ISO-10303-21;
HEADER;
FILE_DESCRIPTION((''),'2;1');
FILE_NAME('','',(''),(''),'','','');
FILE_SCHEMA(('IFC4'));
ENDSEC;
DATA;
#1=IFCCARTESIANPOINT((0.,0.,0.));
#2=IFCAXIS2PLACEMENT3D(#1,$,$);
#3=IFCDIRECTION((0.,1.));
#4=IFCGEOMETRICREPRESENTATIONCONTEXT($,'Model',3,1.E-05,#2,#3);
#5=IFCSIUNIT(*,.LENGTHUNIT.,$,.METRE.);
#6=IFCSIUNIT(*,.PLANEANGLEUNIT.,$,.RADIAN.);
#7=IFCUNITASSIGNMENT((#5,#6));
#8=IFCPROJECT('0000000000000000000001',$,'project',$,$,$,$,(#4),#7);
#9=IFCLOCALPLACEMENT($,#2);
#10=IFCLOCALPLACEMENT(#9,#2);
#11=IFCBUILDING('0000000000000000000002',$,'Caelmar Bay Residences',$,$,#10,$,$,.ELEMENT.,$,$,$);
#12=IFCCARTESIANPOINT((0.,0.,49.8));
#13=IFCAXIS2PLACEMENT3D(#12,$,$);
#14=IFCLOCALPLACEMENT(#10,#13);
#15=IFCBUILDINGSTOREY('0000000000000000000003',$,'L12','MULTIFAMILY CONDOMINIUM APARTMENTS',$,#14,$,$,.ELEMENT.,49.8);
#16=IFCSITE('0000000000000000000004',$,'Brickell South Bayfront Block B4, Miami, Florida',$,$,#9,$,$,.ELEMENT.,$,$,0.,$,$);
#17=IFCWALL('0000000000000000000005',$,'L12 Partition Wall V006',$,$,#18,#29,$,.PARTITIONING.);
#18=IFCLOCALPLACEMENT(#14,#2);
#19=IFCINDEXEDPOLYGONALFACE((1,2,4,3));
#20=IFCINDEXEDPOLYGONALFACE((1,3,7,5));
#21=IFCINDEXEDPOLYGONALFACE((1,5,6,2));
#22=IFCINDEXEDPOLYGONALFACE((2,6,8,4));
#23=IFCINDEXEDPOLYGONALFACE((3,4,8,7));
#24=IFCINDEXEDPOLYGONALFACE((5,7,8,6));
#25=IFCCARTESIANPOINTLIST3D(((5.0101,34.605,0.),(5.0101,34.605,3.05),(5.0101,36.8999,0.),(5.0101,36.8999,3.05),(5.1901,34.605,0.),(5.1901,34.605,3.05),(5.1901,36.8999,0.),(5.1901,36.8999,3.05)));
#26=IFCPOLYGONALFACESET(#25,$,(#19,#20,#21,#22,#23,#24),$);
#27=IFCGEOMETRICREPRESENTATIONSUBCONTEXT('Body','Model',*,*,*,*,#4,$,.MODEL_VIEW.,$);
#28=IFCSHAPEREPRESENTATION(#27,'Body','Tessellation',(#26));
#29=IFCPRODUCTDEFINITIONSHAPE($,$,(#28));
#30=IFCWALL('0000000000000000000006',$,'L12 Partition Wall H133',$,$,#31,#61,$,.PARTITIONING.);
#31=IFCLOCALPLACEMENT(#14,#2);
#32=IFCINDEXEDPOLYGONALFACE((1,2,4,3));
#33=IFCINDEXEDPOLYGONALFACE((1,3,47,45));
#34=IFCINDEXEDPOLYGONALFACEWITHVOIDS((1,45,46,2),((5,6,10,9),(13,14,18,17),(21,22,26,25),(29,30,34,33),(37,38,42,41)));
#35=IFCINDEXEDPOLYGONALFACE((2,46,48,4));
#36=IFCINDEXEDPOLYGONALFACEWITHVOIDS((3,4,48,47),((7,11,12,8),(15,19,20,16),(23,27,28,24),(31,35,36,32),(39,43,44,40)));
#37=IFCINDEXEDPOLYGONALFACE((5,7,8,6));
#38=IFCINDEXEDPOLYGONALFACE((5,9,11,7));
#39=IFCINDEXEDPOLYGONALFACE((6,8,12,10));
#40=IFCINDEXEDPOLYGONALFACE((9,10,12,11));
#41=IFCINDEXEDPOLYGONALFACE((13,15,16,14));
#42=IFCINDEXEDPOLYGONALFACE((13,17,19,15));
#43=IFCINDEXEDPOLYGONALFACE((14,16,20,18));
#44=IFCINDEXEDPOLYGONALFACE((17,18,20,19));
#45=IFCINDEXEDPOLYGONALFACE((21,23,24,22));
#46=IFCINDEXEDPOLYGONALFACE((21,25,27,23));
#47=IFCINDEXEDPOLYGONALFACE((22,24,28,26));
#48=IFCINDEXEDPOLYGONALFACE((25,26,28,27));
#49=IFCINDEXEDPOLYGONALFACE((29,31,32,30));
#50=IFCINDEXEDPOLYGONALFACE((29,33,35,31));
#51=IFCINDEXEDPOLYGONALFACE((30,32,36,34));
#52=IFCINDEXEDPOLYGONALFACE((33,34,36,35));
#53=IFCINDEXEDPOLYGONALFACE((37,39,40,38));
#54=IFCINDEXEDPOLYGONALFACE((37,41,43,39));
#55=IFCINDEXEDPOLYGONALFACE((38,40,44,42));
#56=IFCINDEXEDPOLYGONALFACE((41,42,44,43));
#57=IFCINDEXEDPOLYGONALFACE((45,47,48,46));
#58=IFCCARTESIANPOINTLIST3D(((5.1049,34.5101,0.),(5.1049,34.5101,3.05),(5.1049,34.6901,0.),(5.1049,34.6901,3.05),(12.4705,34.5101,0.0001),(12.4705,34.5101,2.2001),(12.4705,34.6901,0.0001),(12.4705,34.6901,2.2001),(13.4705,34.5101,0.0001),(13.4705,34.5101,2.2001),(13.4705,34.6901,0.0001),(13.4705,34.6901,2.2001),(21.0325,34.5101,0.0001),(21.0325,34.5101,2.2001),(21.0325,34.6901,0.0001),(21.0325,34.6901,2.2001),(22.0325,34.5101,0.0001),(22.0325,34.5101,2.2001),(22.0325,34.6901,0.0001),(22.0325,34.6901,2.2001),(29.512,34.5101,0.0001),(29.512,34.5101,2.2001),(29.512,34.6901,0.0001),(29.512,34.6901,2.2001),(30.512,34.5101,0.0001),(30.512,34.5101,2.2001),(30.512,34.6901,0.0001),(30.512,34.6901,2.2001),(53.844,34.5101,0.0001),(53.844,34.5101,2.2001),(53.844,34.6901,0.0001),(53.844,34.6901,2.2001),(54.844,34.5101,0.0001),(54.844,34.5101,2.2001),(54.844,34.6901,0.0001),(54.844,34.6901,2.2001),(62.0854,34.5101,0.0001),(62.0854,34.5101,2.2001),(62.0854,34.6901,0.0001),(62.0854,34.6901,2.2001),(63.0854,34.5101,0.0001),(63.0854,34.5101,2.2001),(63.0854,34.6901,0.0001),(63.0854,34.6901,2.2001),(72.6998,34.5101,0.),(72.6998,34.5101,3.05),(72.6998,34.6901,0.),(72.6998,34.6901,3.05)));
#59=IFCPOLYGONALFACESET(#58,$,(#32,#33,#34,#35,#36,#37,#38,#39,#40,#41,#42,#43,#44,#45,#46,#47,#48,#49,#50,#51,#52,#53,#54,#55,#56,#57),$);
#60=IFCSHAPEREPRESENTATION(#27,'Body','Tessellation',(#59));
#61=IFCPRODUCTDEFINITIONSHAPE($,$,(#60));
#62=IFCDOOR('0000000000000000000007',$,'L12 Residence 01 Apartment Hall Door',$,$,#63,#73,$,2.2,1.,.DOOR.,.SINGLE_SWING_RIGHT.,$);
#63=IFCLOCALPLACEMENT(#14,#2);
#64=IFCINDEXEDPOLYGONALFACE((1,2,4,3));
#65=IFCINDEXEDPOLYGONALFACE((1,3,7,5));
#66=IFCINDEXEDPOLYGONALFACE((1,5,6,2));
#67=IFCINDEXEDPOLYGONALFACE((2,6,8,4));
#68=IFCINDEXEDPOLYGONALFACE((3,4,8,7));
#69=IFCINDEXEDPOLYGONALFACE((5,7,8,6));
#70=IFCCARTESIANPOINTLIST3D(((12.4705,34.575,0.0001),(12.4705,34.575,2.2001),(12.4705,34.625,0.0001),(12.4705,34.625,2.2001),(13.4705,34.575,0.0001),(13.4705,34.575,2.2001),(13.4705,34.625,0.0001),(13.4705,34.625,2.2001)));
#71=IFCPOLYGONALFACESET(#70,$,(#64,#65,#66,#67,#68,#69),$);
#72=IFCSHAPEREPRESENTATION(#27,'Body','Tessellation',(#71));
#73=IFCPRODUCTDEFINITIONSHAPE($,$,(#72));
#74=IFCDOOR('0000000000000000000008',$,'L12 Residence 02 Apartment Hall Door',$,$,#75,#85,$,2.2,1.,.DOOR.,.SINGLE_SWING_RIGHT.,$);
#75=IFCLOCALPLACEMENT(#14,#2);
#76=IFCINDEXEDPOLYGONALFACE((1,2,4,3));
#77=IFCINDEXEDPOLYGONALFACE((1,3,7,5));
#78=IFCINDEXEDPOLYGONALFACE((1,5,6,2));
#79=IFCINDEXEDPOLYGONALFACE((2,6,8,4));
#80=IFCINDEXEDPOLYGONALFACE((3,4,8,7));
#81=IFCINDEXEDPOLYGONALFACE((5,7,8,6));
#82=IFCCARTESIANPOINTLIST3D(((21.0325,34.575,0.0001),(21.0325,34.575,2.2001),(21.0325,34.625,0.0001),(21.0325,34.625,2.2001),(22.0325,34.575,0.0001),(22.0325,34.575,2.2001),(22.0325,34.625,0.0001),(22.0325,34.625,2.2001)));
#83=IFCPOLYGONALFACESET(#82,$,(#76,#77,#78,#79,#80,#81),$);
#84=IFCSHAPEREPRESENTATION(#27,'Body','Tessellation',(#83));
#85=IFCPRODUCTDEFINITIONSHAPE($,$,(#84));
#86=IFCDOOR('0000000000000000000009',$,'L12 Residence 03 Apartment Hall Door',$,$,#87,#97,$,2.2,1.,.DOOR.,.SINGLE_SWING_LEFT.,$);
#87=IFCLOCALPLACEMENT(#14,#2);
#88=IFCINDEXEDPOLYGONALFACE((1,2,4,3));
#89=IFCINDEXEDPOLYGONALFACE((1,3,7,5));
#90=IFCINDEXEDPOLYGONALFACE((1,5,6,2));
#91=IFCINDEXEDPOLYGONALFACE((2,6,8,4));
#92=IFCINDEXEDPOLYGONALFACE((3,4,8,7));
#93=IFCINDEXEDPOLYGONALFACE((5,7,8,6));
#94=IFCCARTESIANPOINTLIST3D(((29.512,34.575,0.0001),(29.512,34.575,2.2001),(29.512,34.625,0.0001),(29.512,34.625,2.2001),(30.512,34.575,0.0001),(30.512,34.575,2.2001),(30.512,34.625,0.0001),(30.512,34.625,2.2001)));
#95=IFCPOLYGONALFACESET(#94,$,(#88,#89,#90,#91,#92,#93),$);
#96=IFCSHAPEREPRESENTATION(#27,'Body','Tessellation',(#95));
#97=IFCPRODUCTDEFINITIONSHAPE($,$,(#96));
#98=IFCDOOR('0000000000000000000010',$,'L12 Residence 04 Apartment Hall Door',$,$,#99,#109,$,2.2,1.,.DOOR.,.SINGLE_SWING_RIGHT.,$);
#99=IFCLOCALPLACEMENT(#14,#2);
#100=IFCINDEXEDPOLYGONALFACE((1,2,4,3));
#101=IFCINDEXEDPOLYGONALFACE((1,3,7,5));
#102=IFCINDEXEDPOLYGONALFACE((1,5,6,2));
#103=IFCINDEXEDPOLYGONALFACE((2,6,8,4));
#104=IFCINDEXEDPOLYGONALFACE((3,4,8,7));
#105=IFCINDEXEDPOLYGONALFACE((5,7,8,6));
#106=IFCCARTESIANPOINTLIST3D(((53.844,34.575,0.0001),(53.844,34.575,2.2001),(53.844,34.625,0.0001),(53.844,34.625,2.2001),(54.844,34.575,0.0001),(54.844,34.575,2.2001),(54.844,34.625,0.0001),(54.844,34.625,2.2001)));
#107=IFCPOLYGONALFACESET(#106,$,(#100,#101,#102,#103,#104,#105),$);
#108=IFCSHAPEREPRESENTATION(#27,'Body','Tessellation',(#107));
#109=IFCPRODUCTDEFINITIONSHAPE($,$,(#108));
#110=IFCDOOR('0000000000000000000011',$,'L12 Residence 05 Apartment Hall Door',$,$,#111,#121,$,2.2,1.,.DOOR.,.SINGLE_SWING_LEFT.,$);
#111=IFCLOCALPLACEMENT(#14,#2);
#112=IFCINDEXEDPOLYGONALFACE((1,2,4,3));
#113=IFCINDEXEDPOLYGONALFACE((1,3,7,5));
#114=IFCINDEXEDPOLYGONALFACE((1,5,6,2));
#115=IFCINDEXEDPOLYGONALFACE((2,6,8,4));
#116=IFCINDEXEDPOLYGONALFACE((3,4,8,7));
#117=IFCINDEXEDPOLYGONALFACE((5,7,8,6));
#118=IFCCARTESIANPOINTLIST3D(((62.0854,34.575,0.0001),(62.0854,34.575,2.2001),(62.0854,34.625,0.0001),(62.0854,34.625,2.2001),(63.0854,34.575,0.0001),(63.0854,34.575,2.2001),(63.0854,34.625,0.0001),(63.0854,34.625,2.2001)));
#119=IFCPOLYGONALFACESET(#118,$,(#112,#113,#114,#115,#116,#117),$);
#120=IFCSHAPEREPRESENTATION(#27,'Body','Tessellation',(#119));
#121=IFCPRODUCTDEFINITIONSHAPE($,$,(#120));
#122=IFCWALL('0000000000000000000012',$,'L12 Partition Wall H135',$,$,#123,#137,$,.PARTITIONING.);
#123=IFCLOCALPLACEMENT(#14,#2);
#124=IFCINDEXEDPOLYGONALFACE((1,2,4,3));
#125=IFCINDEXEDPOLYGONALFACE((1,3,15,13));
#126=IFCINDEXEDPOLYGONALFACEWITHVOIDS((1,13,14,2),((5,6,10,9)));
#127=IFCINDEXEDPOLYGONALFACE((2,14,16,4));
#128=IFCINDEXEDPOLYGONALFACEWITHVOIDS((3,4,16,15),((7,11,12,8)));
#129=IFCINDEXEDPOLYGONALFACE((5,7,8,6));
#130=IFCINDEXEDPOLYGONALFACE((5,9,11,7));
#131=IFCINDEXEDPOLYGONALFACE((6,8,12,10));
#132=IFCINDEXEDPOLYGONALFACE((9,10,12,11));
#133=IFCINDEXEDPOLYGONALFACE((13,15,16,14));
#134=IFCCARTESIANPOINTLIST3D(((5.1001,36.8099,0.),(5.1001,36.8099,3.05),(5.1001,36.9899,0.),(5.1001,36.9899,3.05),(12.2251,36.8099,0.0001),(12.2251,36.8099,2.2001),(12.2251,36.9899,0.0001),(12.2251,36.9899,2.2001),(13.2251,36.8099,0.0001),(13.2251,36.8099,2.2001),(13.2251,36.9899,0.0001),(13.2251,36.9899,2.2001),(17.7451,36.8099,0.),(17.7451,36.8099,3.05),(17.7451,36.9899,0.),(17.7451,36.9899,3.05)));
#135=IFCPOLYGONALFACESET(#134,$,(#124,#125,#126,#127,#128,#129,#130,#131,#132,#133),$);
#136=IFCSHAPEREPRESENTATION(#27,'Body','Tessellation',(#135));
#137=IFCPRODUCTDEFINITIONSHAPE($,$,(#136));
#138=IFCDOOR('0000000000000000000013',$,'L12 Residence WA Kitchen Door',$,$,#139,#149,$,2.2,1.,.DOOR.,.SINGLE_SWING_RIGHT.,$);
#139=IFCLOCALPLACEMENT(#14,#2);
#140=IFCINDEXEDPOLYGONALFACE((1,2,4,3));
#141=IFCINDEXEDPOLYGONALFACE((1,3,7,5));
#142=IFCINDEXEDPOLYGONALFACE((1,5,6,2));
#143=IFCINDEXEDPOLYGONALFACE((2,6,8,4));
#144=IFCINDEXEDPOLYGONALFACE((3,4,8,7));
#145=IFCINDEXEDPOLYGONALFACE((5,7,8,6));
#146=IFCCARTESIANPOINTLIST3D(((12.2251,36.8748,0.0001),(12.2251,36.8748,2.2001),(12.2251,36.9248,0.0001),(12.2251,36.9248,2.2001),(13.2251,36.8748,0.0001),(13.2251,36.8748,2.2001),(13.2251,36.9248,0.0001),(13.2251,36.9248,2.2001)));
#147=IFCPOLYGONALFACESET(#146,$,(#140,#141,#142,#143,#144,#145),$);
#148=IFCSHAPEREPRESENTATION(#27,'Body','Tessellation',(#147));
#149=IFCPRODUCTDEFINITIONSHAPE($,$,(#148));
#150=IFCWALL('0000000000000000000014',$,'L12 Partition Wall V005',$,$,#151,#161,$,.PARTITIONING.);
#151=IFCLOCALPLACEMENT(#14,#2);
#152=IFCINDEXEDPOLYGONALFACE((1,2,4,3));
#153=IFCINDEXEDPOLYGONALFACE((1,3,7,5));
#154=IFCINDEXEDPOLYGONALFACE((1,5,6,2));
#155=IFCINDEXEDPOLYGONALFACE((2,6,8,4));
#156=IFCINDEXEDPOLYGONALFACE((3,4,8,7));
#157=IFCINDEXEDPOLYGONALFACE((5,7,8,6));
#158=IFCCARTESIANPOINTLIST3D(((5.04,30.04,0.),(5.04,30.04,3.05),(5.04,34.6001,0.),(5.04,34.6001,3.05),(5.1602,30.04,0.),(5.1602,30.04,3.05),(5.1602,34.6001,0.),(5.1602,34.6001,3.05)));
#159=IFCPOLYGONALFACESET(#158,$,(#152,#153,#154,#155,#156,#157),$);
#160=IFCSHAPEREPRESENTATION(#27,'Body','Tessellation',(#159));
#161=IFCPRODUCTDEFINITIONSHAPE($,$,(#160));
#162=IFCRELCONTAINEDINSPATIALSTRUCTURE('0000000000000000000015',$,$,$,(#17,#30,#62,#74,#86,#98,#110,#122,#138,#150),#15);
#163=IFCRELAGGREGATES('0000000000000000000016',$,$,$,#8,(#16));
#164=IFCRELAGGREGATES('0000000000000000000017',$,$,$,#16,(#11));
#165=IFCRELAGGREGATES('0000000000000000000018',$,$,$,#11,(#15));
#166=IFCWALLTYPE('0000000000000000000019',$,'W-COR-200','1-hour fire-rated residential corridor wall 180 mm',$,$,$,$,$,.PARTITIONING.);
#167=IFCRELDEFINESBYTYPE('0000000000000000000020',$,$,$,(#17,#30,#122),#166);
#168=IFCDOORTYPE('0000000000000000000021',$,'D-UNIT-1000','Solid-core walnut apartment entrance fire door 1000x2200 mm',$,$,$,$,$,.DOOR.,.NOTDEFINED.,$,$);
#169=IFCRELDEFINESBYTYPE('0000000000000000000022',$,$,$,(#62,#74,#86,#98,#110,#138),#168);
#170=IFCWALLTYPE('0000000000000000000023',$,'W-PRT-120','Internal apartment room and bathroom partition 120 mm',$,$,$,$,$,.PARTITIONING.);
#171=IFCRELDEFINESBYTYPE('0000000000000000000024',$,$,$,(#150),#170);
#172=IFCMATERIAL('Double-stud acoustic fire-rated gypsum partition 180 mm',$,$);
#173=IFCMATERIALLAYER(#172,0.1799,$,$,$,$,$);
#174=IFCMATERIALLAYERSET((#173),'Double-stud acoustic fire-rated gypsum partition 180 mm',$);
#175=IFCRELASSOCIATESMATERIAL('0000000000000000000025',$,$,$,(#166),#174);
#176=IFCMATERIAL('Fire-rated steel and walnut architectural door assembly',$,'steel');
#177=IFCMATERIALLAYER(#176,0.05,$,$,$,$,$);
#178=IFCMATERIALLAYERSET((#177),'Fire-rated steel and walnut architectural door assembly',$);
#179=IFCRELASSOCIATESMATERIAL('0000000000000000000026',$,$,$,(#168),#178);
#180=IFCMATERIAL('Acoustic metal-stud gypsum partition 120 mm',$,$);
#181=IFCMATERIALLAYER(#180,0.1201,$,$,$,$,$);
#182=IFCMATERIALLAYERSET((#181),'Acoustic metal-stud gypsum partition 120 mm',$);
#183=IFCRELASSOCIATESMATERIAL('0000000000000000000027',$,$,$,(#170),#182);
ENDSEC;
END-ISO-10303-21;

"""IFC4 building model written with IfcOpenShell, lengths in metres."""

from ifc_helpers import new_model, si_unit, direction, frame, frame_2d, origin, place, context, subcontext, project, spatial, rectangle, extrude, material, layer, layer_set, type_object, element, fill, save


model = new_model("IFC4")

# Units and contexts
model_context = context("Model", 3, precision=1e-05, world=origin(), true_north=direction((0.0, 1.0)))
body_context = subcontext(model_context, "Body", "Model", "MODEL_VIEW")
ifc_project = project(units=[si_unit("LENGTHUNIT", "METRE"), si_unit("PLANEANGLEUNIT", "RADIAN")], contexts=[model_context])

# Site, building, storey
site_placement = place(None, origin())
site = spatial("IfcSite", under=ifc_project, at=site_placement, Name="Brickell South Bayfront Block B4, Miami, Florida", CompositionType="ELEMENT", RefElevation=0.0)
building_placement = place(site_placement, origin())
building = spatial("IfcBuilding", under=site, at=building_placement, Name="Caelmar Bay Residences", CompositionType="ELEMENT")
storey_placement = place(building_placement, frame((0.0, 0.0, 49.8)))
storey = spatial("IfcBuildingStorey", under=building, at=storey_placement, Name="L12", Description="MULTIFAMILY CONDOMINIUM APARTMENTS", CompositionType="ELEMENT", Elevation=49.8)

# Wall
ifc_material_1 = material(Name="Double-stud acoustic fire-rated gypsum partition 180 mm")
ifc_layer_1 = layer(ifc_material_1, 0.1799)
ifc_layer_set_1 = layer_set([ifc_layer_1], Name="Double-stud acoustic fire-rated gypsum partition 180 mm")
wall_type_1 = type_object("IfcWallType", Name="W-COR-200", Description="1-hour fire-rated residential corridor wall 180 mm", PredefinedType="PARTITIONING", material=ifc_layer_set_1)
wall_1_placement = place(storey_placement, frame((5.1001, 34.605, 0.0), z_axis=(0.0, 0.0, 1.0), x_axis=(0.0, 1.0, 0.0)))
element("IfcWall", 1, at=wall_1_placement, inside=storey, type_object=wall_type_1, Name="L12 Partition Wall V006", PredefinedType="PARTITIONING", context=body_context, shape_type="SweptSolid", body=[
    extrude(rectangle(XDim=2.2949, YDim=0.1799, at=frame_2d((1.1475, 0.0))), origin(), (0.0, 0.0, 1.0), 3.05),
])

# Wall, openings, doors
wall_2_placement = place(storey_placement, frame((5.105, 34.6001, 0.0), z_axis=(0.0, 0.0, 1.0), x_axis=(1.0, 0.0, 0.0)))
wall_2 = element("IfcWall", 2, at=wall_2_placement, inside=storey, type_object=wall_type_1, Name="L12 Partition Wall H133", PredefinedType="PARTITIONING", context=body_context, shape_type="SweptSolid", body=[
    extrude(rectangle(XDim=67.595, YDim=0.1799, at=frame_2d((33.7974, 0.0))), origin(), (0.0, 0.0, 1.0), 3.05),
])
opening_1_placement = place(wall_2_placement, frame((7.3655, 0.0, 0.0)))
opening_1 = element("IfcOpeningElement", 3, at=opening_1_placement, cuts=wall_2, PredefinedType="OPENING", context=body_context, shape_type="SweptSolid", body=[
    extrude(rectangle(XDim=1.0, YDim=2.2, at=frame_2d((0.5, 1.1001))), frame((0.0, 0.0999, 0.0), z_axis=(0.0, -1.0, 0.0), x_axis=(1.0, 0.0, 0.0)), (0.0, 0.0, 1.0), 0.2),
])
opening_2_placement = place(wall_2_placement, frame((15.9275, 0.0, 0.0)))
opening_2 = element("IfcOpeningElement", 4, at=opening_2_placement, cuts=wall_2, PredefinedType="OPENING", context=body_context, shape_type="SweptSolid", body=[
    extrude(rectangle(XDim=1.0, YDim=2.2, at=frame_2d((0.5, 1.1001))), frame((0.0, 0.0999, 0.0), z_axis=(0.0, -1.0, 0.0), x_axis=(1.0, 0.0, 0.0)), (0.0, 0.0, 1.0), 0.2),
])
opening_3_placement = place(wall_2_placement, frame((24.407, 0.0, 0.0)))
opening_3 = element("IfcOpeningElement", 5, at=opening_3_placement, cuts=wall_2, PredefinedType="OPENING", context=body_context, shape_type="SweptSolid", body=[
    extrude(rectangle(XDim=1.0, YDim=2.2, at=frame_2d((0.5, 1.1001))), frame((0.0, 0.0999, 0.0), z_axis=(0.0, -1.0, 0.0), x_axis=(1.0, 0.0, 0.0)), (0.0, 0.0, 1.0), 0.2),
])
opening_4_placement = place(wall_2_placement, frame((48.739, 0.0, 0.0)))
opening_4 = element("IfcOpeningElement", 6, at=opening_4_placement, cuts=wall_2, PredefinedType="OPENING", context=body_context, shape_type="SweptSolid", body=[
    extrude(rectangle(XDim=1.0, YDim=2.2, at=frame_2d((0.5, 1.1001))), frame((0.0, 0.0999, 0.0), z_axis=(0.0, -1.0, 0.0), x_axis=(1.0, 0.0, 0.0)), (0.0, 0.0, 1.0), 0.2),
])
opening_5_placement = place(wall_2_placement, frame((56.9805, 0.0, 0.0)))
opening_5 = element("IfcOpeningElement", 7, at=opening_5_placement, cuts=wall_2, PredefinedType="OPENING", context=body_context, shape_type="SweptSolid", body=[
    extrude(rectangle(XDim=1.0, YDim=2.2, at=frame_2d((0.5, 1.1001))), frame((0.0, 0.0999, 0.0), z_axis=(0.0, -1.0, 0.0), x_axis=(1.0, 0.0, 0.0)), (0.0, 0.0, 1.0), 0.2),
])
ifc_material_2 = material(Name="Fire-rated steel and walnut architectural door assembly", Category="steel")
ifc_layer_2 = layer(ifc_material_2, 0.05)
ifc_layer_set_2 = layer_set([ifc_layer_2], Name="Fire-rated steel and walnut architectural door assembly")
door_type_1 = type_object("IfcDoorType", Name="D-UNIT-1000", Description="Solid-core walnut apartment entrance fire door 1000x2200 mm", OperationType="NOTDEFINED", PredefinedType="DOOR", material=ifc_layer_set_2)
door_1_placement = place(opening_1_placement, origin())
door_1 = element("IfcDoor", 8, at=door_1_placement, inside=storey, type_object=door_type_1, Name="L12 Residence 01 Apartment Hall Door", OperationType="SINGLE_SWING_RIGHT", OverallHeight=2.2, OverallWidth=1.0, PredefinedType="DOOR", context=body_context, shape_type="SweptSolid", body=[
    extrude(rectangle(XDim=1.0, YDim=2.2, at=frame_2d((0.5, 1.1001))), frame((0.0, 0.0249, 0.0), z_axis=(0.0, -1.0, 0.0), x_axis=(1.0, 0.0, 0.0)), (0.0, 0.0, 1.0), 0.05),
])
fill(opening_1, door_1)
door_2_placement = place(opening_2_placement, origin())
door_2 = element("IfcDoor", 9, at=door_2_placement, inside=storey, type_object=door_type_1, Name="L12 Residence 02 Apartment Hall Door", OperationType="SINGLE_SWING_RIGHT", OverallHeight=2.2, OverallWidth=1.0, PredefinedType="DOOR", context=body_context, shape_type="SweptSolid", body=[
    extrude(rectangle(XDim=1.0, YDim=2.2, at=frame_2d((0.5, 1.1001))), frame((0.0, 0.0249, 0.0), z_axis=(0.0, -1.0, 0.0), x_axis=(1.0, 0.0, 0.0)), (0.0, 0.0, 1.0), 0.05),
])
fill(opening_2, door_2)
door_3_placement = place(opening_3_placement, origin())
door_3 = element("IfcDoor", 10, at=door_3_placement, inside=storey, type_object=door_type_1, Name="L12 Residence 03 Apartment Hall Door", OperationType="SINGLE_SWING_LEFT", OverallHeight=2.2, OverallWidth=1.0, PredefinedType="DOOR", context=body_context, shape_type="SweptSolid", body=[
    extrude(rectangle(XDim=1.0, YDim=2.2, at=frame_2d((0.5, 1.1001))), frame((0.0, 0.0249, 0.0), z_axis=(0.0, -1.0, 0.0), x_axis=(1.0, 0.0, 0.0)), (0.0, 0.0, 1.0), 0.05),
])
fill(opening_3, door_3)
door_4_placement = place(opening_4_placement, origin())
door_4 = element("IfcDoor", 11, at=door_4_placement, inside=storey, type_object=door_type_1, Name="L12 Residence 04 Apartment Hall Door", OperationType="SINGLE_SWING_RIGHT", OverallHeight=2.2, OverallWidth=1.0, PredefinedType="DOOR", context=body_context, shape_type="SweptSolid", body=[
    extrude(rectangle(XDim=1.0, YDim=2.2, at=frame_2d((0.5, 1.1001))), frame((0.0, 0.0249, 0.0), z_axis=(0.0, -1.0, 0.0), x_axis=(1.0, 0.0, 0.0)), (0.0, 0.0, 1.0), 0.05),
])
fill(opening_4, door_4)
door_5_placement = place(opening_5_placement, origin())
door_5 = element("IfcDoor", 12, at=door_5_placement, inside=storey, type_object=door_type_1, Name="L12 Residence 05 Apartment Hall Door", OperationType="SINGLE_SWING_LEFT", OverallHeight=2.2, OverallWidth=1.0, PredefinedType="DOOR", context=body_context, shape_type="SweptSolid", body=[
    extrude(rectangle(XDim=1.0, YDim=2.2, at=frame_2d((0.5, 1.1001))), frame((0.0, 0.0249, 0.0), z_axis=(0.0, -1.0, 0.0), x_axis=(1.0, 0.0, 0.0)), (0.0, 0.0, 1.0), 0.05),
])
fill(opening_5, door_5)

# Wall, opening, door
wall_3_placement = place(storey_placement, frame((5.1001, 36.8999, 0.0), z_axis=(0.0, 0.0, 1.0), x_axis=(1.0, 0.0, 0.0)))
wall_3 = element("IfcWall", 13, at=wall_3_placement, inside=storey, type_object=wall_type_1, Name="L12 Partition Wall H135", PredefinedType="PARTITIONING", context=body_context, shape_type="SweptSolid", body=[
    extrude(rectangle(XDim=12.645, YDim=0.1799, at=frame_2d((6.3225, 0.0))), origin(), (0.0, 0.0, 1.0), 3.05),
])
opening_6_placement = place(wall_3_placement, frame((7.125, 0.0, 0.0)))
opening_6 = element("IfcOpeningElement", 14, at=opening_6_placement, cuts=wall_3, PredefinedType="OPENING", context=body_context, shape_type="SweptSolid", body=[
    extrude(rectangle(XDim=1.0, YDim=2.2, at=frame_2d((0.5, 1.1001))), frame((0.0, 0.0999, 0.0), z_axis=(0.0, -1.0, 0.0), x_axis=(1.0, 0.0, 0.0)), (0.0, 0.0, 1.0), 0.2),
])
door_6_placement = place(opening_6_placement, origin())
door_6 = element("IfcDoor", 15, at=door_6_placement, inside=storey, type_object=door_type_1, Name="L12 Residence WA Kitchen Door", OperationType="SINGLE_SWING_RIGHT", OverallHeight=2.2, OverallWidth=1.0, PredefinedType="DOOR", context=body_context, shape_type="SweptSolid", body=[
    extrude(rectangle(XDim=1.0, YDim=2.2, at=frame_2d((0.5, 1.1001))), frame((0.0, 0.0249, 0.0), z_axis=(0.0, -1.0, 0.0), x_axis=(1.0, 0.0, 0.0)), (0.0, 0.0, 1.0), 0.05),
])
fill(opening_6, door_6)

# Wall
ifc_material_3 = material(Name="Acoustic metal-stud gypsum partition 120 mm")
ifc_layer_3 = layer(ifc_material_3, 0.1201)
ifc_layer_set_3 = layer_set([ifc_layer_3], Name="Acoustic metal-stud gypsum partition 120 mm")
wall_type_2 = type_object("IfcWallType", Name="W-PRT-120", Description="Internal apartment room and bathroom partition 120 mm", PredefinedType="PARTITIONING", material=ifc_layer_set_3)
wall_4_placement = place(storey_placement, frame((5.1001, 30.04, 0.0), z_axis=(0.0, 0.0, 1.0), x_axis=(0.0, 1.0, 0.0)))
element("IfcWall", 16, at=wall_4_placement, inside=storey, type_object=wall_type_2, Name="L12 Partition Wall V005", PredefinedType="PARTITIONING", context=body_context, shape_type="SweptSolid", body=[
    extrude(rectangle(XDim=4.5601, YDim=0.1201, at=frame_2d((2.28, 0.0))), origin(), (0.0, 0.0, 1.0), 3.05),
])

save(model, "model.ifc")
